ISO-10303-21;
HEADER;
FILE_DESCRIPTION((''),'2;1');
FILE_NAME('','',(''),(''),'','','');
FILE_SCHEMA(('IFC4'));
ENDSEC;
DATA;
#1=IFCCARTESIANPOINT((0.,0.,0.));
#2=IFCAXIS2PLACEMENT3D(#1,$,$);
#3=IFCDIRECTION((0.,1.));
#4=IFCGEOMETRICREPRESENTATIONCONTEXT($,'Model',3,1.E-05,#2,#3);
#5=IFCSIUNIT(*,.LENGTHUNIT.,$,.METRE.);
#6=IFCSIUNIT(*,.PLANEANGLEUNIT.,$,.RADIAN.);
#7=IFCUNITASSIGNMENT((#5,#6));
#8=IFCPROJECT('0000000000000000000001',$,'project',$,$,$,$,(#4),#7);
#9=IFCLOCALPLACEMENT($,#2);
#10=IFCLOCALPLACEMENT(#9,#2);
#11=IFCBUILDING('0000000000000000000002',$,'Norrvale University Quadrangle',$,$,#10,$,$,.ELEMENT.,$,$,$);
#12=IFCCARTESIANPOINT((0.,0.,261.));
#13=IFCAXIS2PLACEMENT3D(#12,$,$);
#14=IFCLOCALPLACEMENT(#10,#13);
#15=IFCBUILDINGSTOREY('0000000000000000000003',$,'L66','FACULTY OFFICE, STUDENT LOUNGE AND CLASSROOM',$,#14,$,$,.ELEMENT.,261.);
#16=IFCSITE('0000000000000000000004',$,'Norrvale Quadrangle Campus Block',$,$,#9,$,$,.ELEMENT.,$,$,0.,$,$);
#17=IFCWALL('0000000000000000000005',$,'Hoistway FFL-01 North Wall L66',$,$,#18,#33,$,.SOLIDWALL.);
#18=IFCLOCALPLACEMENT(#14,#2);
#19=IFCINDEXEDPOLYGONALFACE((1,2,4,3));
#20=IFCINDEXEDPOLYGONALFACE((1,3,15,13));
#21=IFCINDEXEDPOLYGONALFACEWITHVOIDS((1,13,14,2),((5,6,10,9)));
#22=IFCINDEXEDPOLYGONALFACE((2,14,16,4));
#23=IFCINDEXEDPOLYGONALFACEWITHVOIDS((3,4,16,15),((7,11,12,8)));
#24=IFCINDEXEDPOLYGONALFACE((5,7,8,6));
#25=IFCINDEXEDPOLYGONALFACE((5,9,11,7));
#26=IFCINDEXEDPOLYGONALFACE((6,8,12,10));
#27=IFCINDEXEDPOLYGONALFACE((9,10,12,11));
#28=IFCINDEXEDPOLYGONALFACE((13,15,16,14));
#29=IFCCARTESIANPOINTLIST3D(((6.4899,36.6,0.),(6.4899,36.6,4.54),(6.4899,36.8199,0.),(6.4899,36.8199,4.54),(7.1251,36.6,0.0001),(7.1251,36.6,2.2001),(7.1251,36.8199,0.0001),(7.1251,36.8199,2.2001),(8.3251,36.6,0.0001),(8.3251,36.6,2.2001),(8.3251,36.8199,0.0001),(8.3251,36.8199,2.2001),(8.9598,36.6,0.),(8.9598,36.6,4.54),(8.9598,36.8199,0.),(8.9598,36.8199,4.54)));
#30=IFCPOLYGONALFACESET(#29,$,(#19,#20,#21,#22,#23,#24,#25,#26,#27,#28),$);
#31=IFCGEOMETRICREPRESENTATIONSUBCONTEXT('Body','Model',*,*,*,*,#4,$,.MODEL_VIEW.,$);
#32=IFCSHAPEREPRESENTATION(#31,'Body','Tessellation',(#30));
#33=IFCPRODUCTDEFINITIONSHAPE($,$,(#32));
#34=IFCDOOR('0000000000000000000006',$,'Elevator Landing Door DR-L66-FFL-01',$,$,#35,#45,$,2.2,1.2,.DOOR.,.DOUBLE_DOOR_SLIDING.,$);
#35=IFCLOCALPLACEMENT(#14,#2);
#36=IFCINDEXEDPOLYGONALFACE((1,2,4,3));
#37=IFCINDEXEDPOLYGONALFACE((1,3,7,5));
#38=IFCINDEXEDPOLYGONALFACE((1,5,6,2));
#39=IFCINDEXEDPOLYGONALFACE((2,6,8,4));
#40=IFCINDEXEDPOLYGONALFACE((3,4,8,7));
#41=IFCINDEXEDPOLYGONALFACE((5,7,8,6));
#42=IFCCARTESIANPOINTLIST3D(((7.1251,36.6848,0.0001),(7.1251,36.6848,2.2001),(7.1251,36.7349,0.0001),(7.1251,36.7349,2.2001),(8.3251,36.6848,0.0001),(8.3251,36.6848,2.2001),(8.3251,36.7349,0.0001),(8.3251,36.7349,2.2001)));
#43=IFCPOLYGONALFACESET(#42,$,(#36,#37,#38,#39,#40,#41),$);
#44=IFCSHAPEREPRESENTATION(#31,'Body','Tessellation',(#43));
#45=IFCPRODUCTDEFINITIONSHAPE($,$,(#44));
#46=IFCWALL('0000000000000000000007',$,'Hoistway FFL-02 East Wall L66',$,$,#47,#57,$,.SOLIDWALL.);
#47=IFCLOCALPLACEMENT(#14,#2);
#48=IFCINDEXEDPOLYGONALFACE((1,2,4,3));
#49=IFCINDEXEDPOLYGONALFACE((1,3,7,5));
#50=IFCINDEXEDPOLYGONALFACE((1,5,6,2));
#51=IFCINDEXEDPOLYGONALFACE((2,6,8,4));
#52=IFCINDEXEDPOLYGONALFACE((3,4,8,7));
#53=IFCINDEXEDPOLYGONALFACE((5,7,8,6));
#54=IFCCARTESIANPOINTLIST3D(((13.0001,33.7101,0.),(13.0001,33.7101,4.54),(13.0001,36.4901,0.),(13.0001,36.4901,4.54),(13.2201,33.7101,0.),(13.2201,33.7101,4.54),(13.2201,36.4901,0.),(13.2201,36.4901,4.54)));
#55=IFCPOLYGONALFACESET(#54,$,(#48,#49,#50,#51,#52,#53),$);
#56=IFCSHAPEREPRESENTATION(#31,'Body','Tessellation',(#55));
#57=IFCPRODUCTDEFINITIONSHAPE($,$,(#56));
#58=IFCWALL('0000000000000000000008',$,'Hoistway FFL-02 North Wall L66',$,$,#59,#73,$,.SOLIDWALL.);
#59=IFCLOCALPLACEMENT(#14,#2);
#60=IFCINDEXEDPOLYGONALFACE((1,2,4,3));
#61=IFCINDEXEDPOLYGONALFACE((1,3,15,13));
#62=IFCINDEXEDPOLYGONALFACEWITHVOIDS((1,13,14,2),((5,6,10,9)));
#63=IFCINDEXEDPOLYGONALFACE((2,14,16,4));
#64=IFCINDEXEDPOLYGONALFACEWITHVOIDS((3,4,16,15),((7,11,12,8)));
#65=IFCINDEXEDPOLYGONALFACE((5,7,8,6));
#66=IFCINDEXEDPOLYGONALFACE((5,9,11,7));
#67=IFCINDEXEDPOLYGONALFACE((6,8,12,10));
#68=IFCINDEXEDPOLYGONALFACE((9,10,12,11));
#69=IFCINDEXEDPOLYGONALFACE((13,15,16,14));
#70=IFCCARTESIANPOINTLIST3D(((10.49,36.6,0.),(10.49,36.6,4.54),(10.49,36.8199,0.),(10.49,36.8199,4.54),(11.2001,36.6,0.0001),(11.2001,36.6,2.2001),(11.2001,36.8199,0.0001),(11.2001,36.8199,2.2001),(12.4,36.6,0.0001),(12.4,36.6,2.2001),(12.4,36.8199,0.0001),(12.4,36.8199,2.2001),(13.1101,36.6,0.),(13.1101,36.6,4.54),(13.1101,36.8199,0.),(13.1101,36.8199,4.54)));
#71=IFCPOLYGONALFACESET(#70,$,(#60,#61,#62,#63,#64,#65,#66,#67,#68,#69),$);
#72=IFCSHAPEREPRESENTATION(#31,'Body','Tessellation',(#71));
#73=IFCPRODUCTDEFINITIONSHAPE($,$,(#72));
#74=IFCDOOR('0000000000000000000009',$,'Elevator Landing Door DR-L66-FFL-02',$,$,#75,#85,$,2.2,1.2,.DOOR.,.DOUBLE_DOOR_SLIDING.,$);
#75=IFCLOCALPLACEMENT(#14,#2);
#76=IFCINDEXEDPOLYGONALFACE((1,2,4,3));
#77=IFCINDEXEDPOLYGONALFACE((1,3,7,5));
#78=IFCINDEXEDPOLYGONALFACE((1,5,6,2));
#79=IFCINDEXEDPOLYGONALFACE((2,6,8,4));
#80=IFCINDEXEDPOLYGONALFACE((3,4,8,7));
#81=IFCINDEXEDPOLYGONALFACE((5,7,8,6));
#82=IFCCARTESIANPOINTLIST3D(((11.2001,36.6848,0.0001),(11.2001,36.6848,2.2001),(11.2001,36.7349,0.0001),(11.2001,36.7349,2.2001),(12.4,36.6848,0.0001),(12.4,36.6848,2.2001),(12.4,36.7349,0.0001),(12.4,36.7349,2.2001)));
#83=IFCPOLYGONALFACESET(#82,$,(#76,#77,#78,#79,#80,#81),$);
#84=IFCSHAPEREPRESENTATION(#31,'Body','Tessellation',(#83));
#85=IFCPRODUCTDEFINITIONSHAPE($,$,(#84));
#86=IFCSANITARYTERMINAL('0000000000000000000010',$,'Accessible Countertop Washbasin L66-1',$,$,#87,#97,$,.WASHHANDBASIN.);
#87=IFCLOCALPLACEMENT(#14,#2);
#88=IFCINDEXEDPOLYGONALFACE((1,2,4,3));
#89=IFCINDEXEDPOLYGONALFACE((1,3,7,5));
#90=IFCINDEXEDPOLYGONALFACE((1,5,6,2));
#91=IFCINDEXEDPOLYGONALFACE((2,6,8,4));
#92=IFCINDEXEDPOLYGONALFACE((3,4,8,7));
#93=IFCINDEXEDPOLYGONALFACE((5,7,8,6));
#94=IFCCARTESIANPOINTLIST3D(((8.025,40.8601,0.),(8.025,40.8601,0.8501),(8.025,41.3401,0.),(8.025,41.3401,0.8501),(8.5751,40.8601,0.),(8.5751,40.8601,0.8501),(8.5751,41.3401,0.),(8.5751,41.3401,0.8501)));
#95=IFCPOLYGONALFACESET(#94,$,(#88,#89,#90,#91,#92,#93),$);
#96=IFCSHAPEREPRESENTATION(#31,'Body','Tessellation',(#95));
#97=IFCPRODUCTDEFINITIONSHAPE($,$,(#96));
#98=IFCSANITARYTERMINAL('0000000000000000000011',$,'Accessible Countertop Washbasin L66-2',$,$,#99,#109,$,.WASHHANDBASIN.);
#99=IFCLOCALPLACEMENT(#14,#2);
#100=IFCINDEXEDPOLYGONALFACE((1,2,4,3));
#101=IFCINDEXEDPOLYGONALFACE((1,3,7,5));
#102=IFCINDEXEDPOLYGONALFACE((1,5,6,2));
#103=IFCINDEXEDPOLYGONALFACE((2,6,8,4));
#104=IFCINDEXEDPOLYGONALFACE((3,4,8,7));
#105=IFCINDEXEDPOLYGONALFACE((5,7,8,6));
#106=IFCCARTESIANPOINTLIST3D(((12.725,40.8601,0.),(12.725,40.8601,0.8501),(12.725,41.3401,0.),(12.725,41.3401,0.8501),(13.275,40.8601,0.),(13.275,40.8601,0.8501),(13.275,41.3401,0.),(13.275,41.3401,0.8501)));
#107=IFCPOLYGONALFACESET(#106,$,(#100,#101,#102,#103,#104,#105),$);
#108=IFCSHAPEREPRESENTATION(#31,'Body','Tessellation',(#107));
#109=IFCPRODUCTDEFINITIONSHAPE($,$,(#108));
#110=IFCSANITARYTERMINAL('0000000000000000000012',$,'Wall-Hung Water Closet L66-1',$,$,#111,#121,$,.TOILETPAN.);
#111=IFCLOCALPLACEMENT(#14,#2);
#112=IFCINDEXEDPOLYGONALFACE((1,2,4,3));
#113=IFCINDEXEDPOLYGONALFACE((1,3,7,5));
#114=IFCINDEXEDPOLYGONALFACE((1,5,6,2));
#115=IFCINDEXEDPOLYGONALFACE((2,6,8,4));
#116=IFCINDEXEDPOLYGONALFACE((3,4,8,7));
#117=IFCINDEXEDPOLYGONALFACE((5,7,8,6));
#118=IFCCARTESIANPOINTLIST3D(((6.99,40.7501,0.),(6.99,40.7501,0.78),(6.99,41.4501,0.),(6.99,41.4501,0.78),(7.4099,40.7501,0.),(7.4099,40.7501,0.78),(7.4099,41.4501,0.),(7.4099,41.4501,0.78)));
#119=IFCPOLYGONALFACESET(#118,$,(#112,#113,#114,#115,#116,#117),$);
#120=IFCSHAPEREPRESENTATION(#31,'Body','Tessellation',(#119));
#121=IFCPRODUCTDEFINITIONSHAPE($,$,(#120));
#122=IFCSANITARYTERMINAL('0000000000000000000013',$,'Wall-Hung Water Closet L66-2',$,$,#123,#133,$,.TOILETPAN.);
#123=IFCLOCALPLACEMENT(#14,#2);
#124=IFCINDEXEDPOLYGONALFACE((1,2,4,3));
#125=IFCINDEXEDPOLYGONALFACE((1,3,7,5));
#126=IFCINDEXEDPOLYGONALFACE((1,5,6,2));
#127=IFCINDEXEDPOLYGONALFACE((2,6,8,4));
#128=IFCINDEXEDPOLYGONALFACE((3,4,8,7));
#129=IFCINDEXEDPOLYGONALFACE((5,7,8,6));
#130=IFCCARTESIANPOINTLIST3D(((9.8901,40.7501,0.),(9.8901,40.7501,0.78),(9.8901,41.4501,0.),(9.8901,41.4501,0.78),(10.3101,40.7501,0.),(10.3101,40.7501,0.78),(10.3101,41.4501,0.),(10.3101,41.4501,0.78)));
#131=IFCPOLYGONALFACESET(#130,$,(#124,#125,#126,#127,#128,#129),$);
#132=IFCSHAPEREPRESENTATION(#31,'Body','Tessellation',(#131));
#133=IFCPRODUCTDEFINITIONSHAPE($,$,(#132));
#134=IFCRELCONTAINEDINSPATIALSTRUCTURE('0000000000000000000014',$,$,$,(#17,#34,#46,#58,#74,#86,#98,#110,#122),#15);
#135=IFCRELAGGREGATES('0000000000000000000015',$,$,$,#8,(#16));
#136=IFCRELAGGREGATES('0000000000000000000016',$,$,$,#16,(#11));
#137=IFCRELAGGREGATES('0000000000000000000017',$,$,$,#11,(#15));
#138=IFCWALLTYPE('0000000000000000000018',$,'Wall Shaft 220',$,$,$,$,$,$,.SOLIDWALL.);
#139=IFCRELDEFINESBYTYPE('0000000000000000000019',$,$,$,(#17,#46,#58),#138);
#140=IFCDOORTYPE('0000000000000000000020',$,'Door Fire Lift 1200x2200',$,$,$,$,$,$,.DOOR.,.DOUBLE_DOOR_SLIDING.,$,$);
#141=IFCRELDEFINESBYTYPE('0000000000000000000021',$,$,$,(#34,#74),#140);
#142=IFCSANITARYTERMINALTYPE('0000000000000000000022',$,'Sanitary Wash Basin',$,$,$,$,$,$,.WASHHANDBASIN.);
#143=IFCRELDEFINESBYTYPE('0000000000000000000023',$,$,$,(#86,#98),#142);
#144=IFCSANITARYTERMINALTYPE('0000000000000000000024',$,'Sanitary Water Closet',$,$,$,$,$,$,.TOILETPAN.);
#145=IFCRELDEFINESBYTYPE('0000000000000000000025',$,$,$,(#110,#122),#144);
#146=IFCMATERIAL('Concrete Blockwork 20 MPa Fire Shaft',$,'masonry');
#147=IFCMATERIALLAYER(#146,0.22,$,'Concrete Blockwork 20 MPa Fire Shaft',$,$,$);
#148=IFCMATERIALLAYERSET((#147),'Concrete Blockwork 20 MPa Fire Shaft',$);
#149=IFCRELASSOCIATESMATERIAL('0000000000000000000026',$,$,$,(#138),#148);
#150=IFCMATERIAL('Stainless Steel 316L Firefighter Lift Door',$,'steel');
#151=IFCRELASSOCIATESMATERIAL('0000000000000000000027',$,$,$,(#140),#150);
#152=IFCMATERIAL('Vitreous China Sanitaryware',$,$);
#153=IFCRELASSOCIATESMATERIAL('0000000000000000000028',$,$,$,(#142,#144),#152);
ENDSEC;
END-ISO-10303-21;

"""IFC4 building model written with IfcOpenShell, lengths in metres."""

from ifc_helpers import new_model, si_unit, direction, frame, frame_2d, origin, origin_2d, place, context, subcontext, project, spatial, rectangle, extrude, material, layer, layer_set, type_object, element, fill, save


model = new_model("IFC4")

# Units and contexts
model_context = context("Model", 3, precision=1e-05, world=origin(), true_north=direction((0.0, 1.0)))
body_context = subcontext(model_context, "Body", "Model", "MODEL_VIEW")
ifc_project = project(units=[si_unit("LENGTHUNIT", "METRE"), si_unit("PLANEANGLEUNIT", "RADIAN")], contexts=[model_context])

# Site, building, storey
site_placement = place(None, origin())
site = spatial("IfcSite", under=ifc_project, at=site_placement, Name="Norrvale Quadrangle Campus Block", CompositionType="ELEMENT", RefElevation=0.0)
building_placement = place(site_placement, origin())
building = spatial("IfcBuilding", under=site, at=building_placement, Name="Norrvale University Quadrangle", CompositionType="ELEMENT")
storey_placement = place(building_placement, frame((0.0, 0.0, 261.0)))
storey = spatial("IfcBuildingStorey", under=building, at=storey_placement, Name="L66", Description="FACULTY OFFICE, STUDENT LOUNGE AND CLASSROOM", CompositionType="ELEMENT", Elevation=261.0)

# Shared definitions
ifc_material_1 = material(Name="Concrete Blockwork 20 MPa Fire Shaft", Category="masonry")
ifc_layer_1 = layer(ifc_material_1, 0.22, Name="Concrete Blockwork 20 MPa Fire Shaft")
ifc_layer_set_1 = layer_set([ifc_layer_1], Name="Concrete Blockwork 20 MPa Fire Shaft")
wall_type_1 = type_object("IfcWallType", Name="Wall Shaft 220", PredefinedType="SOLIDWALL", material=ifc_layer_set_1)

# Wall, opening, door
wall_1_placement = place(storey_placement, frame((6.49, 36.71, 0.0), z_axis=(0.0, 0.0, 1.0), x_axis=(1.0, 0.0, 0.0)))
wall_1 = element("IfcWall", 1, at=wall_1_placement, inside=storey, type_object=wall_type_1, Name="Hoistway FFL-01 North Wall L66", PredefinedType="SOLIDWALL", context=body_context, shape_type="SweptSolid", body=[
    extrude(rectangle(XDim=2.47, YDim=0.22, at=frame_2d((1.2349, 0.0))), origin(), (0.0, 0.0, 1.0), 4.54),
])
opening_1_placement = place(wall_1_placement, frame((0.635, 0.0, 0.0)))
opening_1 = element("IfcOpeningElement", 2, at=opening_1_placement, cuts=wall_1, PredefinedType="OPENING", context=body_context, shape_type="SweptSolid", body=[
    extrude(rectangle(XDim=1.2, YDim=2.2, at=frame_2d((0.6001, 1.1001))), frame((0.0, 0.1221, 0.0), z_axis=(0.0, -1.0, 0.0), x_axis=(1.0, 0.0, 0.0)), (0.0, 0.0, 1.0), 0.2439),
])
ifc_material_2 = material(Name="Stainless Steel 316L Firefighter Lift Door", Category="steel")
door_type_1 = type_object("IfcDoorType", Name="Door Fire Lift 1200x2200", OperationType="DOUBLE_DOOR_SLIDING", PredefinedType="DOOR", material=ifc_material_2)
door_1_placement = place(opening_1_placement, origin())
door_1 = element("IfcDoor", 3, at=door_1_placement, inside=storey, type_object=door_type_1, Name="Elevator Landing Door DR-L66-FFL-01", OperationType="DOUBLE_DOOR_SLIDING", OverallHeight=2.2, OverallWidth=1.2, PredefinedType="DOOR", context=body_context, shape_type="SweptSolid", body=[
    extrude(rectangle(XDim=1.2, YDim=2.2, at=frame_2d((0.6001, 1.1001))), frame((0.0, 0.0249, 0.0), z_axis=(0.0, -1.0, 0.0), x_axis=(1.0, 0.0, 0.0)), (0.0, 0.0, 1.0), 0.05),
])
fill(opening_1, door_1)

# Wall
wall_2_placement = place(storey_placement, frame((13.1101, 33.71, 0.0), z_axis=(0.0, 0.0, 1.0), x_axis=(0.0, 1.0, 0.0)))
element("IfcWall", 4, at=wall_2_placement, inside=storey, type_object=wall_type_1, Name="Hoistway FFL-02 East Wall L66", PredefinedType="SOLIDWALL", context=body_context, shape_type="SweptSolid", body=[
    extrude(rectangle(XDim=2.78, YDim=0.22, at=frame_2d((1.3901, 0.0))), origin(), (0.0, 0.0, 1.0), 4.54),
])

# Wall, opening, door
wall_3_placement = place(storey_placement, frame((10.49, 36.71, 0.0), z_axis=(0.0, 0.0, 1.0), x_axis=(1.0, 0.0, 0.0)))
wall_3 = element("IfcWall", 5, at=wall_3_placement, inside=storey, type_object=wall_type_1, Name="Hoistway FFL-02 North Wall L66", PredefinedType="SOLIDWALL", context=body_context, shape_type="SweptSolid", body=[
    extrude(rectangle(XDim=2.6201, YDim=0.22, at=frame_2d((1.3101, 0.0))), origin(), (0.0, 0.0, 1.0), 4.54),
])
opening_2_placement = place(wall_3_placement, frame((0.71, 0.0, 0.0)))
opening_2 = element("IfcOpeningElement", 6, at=opening_2_placement, cuts=wall_3, PredefinedType="OPENING", context=body_context, shape_type="SweptSolid", body=[
    extrude(rectangle(XDim=1.2, YDim=2.2, at=frame_2d((0.6001, 1.1001))), frame((0.0, 0.1221, 0.0), z_axis=(0.0, -1.0, 0.0), x_axis=(1.0, 0.0, 0.0)), (0.0, 0.0, 1.0), 0.2439),
])
door_2_placement = place(opening_2_placement, origin())
door_2 = element("IfcDoor", 7, at=door_2_placement, inside=storey, type_object=door_type_1, Name="Elevator Landing Door DR-L66-FFL-02", OperationType="DOUBLE_DOOR_SLIDING", OverallHeight=2.2, OverallWidth=1.2, PredefinedType="DOOR", context=body_context, shape_type="SweptSolid", body=[
    extrude(rectangle(XDim=1.2, YDim=2.2, at=frame_2d((0.6001, 1.1001))), frame((0.0, 0.0249, 0.0), z_axis=(0.0, -1.0, 0.0), x_axis=(1.0, 0.0, 0.0)), (0.0, 0.0, 1.0), 0.05),
])
fill(opening_2, door_2)

# Sanitary terminals
ifc_material_3 = material(Name="Vitreous China Sanitaryware")
sanitary_terminal_type_1 = type_object("IfcSanitaryTerminalType", Name="Sanitary Wash Basin", PredefinedType="WASHHANDBASIN", material=ifc_material_3)
for number, where, z_axis, x_axis, name in (
    (8, (8.3, 41.1001, 0.0), (0.0, 0.0, 1.0), (1.0, 0.0, 0.0), "Accessible Countertop Washbasin L66-1"),
    (9, (13.0, 41.1001, 0.0), (0.0, 0.0, 1.0), (1.0, 0.0, 0.0), "Accessible Countertop Washbasin L66-2"),
):
    element("IfcSanitaryTerminal", number, at=place(storey_placement, frame(where, z_axis=z_axis, x_axis=x_axis)), inside=storey, type_object=sanitary_terminal_type_1, Name=name, PredefinedType="WASHHANDBASIN", context=body_context, shape_type="SweptSolid", body=[
        extrude(rectangle(XDim=0.55, YDim=0.48, at=origin_2d()), origin(), (0.0, 0.0, 1.0), 0.8501),
    ])
sanitary_terminal_type_2 = type_object("IfcSanitaryTerminalType", Name="Sanitary Water Closet", PredefinedType="TOILETPAN", material=ifc_material_3)
for number, where, z_axis, x_axis, name in (
    (10, (7.2, 41.1001, 0.0), (0.0, 0.0, 1.0), (1.0, 0.0, 0.0), "Wall-Hung Water Closet L66-1"),
    (11, (10.1001, 41.1001, 0.0), (0.0, 0.0, 1.0), (1.0, 0.0, 0.0), "Wall-Hung Water Closet L66-2"),
):
    element("IfcSanitaryTerminal", number, at=place(storey_placement, frame(where, z_axis=z_axis, x_axis=x_axis)), inside=storey, type_object=sanitary_terminal_type_2, Name=name, PredefinedType="TOILETPAN", context=body_context, shape_type="SweptSolid", body=[
        extrude(rectangle(XDim=0.4199, YDim=0.7, at=origin_2d()), origin(), (0.0, 0.0, 1.0), 0.78),
    ])

save(model, "model.ifc")
